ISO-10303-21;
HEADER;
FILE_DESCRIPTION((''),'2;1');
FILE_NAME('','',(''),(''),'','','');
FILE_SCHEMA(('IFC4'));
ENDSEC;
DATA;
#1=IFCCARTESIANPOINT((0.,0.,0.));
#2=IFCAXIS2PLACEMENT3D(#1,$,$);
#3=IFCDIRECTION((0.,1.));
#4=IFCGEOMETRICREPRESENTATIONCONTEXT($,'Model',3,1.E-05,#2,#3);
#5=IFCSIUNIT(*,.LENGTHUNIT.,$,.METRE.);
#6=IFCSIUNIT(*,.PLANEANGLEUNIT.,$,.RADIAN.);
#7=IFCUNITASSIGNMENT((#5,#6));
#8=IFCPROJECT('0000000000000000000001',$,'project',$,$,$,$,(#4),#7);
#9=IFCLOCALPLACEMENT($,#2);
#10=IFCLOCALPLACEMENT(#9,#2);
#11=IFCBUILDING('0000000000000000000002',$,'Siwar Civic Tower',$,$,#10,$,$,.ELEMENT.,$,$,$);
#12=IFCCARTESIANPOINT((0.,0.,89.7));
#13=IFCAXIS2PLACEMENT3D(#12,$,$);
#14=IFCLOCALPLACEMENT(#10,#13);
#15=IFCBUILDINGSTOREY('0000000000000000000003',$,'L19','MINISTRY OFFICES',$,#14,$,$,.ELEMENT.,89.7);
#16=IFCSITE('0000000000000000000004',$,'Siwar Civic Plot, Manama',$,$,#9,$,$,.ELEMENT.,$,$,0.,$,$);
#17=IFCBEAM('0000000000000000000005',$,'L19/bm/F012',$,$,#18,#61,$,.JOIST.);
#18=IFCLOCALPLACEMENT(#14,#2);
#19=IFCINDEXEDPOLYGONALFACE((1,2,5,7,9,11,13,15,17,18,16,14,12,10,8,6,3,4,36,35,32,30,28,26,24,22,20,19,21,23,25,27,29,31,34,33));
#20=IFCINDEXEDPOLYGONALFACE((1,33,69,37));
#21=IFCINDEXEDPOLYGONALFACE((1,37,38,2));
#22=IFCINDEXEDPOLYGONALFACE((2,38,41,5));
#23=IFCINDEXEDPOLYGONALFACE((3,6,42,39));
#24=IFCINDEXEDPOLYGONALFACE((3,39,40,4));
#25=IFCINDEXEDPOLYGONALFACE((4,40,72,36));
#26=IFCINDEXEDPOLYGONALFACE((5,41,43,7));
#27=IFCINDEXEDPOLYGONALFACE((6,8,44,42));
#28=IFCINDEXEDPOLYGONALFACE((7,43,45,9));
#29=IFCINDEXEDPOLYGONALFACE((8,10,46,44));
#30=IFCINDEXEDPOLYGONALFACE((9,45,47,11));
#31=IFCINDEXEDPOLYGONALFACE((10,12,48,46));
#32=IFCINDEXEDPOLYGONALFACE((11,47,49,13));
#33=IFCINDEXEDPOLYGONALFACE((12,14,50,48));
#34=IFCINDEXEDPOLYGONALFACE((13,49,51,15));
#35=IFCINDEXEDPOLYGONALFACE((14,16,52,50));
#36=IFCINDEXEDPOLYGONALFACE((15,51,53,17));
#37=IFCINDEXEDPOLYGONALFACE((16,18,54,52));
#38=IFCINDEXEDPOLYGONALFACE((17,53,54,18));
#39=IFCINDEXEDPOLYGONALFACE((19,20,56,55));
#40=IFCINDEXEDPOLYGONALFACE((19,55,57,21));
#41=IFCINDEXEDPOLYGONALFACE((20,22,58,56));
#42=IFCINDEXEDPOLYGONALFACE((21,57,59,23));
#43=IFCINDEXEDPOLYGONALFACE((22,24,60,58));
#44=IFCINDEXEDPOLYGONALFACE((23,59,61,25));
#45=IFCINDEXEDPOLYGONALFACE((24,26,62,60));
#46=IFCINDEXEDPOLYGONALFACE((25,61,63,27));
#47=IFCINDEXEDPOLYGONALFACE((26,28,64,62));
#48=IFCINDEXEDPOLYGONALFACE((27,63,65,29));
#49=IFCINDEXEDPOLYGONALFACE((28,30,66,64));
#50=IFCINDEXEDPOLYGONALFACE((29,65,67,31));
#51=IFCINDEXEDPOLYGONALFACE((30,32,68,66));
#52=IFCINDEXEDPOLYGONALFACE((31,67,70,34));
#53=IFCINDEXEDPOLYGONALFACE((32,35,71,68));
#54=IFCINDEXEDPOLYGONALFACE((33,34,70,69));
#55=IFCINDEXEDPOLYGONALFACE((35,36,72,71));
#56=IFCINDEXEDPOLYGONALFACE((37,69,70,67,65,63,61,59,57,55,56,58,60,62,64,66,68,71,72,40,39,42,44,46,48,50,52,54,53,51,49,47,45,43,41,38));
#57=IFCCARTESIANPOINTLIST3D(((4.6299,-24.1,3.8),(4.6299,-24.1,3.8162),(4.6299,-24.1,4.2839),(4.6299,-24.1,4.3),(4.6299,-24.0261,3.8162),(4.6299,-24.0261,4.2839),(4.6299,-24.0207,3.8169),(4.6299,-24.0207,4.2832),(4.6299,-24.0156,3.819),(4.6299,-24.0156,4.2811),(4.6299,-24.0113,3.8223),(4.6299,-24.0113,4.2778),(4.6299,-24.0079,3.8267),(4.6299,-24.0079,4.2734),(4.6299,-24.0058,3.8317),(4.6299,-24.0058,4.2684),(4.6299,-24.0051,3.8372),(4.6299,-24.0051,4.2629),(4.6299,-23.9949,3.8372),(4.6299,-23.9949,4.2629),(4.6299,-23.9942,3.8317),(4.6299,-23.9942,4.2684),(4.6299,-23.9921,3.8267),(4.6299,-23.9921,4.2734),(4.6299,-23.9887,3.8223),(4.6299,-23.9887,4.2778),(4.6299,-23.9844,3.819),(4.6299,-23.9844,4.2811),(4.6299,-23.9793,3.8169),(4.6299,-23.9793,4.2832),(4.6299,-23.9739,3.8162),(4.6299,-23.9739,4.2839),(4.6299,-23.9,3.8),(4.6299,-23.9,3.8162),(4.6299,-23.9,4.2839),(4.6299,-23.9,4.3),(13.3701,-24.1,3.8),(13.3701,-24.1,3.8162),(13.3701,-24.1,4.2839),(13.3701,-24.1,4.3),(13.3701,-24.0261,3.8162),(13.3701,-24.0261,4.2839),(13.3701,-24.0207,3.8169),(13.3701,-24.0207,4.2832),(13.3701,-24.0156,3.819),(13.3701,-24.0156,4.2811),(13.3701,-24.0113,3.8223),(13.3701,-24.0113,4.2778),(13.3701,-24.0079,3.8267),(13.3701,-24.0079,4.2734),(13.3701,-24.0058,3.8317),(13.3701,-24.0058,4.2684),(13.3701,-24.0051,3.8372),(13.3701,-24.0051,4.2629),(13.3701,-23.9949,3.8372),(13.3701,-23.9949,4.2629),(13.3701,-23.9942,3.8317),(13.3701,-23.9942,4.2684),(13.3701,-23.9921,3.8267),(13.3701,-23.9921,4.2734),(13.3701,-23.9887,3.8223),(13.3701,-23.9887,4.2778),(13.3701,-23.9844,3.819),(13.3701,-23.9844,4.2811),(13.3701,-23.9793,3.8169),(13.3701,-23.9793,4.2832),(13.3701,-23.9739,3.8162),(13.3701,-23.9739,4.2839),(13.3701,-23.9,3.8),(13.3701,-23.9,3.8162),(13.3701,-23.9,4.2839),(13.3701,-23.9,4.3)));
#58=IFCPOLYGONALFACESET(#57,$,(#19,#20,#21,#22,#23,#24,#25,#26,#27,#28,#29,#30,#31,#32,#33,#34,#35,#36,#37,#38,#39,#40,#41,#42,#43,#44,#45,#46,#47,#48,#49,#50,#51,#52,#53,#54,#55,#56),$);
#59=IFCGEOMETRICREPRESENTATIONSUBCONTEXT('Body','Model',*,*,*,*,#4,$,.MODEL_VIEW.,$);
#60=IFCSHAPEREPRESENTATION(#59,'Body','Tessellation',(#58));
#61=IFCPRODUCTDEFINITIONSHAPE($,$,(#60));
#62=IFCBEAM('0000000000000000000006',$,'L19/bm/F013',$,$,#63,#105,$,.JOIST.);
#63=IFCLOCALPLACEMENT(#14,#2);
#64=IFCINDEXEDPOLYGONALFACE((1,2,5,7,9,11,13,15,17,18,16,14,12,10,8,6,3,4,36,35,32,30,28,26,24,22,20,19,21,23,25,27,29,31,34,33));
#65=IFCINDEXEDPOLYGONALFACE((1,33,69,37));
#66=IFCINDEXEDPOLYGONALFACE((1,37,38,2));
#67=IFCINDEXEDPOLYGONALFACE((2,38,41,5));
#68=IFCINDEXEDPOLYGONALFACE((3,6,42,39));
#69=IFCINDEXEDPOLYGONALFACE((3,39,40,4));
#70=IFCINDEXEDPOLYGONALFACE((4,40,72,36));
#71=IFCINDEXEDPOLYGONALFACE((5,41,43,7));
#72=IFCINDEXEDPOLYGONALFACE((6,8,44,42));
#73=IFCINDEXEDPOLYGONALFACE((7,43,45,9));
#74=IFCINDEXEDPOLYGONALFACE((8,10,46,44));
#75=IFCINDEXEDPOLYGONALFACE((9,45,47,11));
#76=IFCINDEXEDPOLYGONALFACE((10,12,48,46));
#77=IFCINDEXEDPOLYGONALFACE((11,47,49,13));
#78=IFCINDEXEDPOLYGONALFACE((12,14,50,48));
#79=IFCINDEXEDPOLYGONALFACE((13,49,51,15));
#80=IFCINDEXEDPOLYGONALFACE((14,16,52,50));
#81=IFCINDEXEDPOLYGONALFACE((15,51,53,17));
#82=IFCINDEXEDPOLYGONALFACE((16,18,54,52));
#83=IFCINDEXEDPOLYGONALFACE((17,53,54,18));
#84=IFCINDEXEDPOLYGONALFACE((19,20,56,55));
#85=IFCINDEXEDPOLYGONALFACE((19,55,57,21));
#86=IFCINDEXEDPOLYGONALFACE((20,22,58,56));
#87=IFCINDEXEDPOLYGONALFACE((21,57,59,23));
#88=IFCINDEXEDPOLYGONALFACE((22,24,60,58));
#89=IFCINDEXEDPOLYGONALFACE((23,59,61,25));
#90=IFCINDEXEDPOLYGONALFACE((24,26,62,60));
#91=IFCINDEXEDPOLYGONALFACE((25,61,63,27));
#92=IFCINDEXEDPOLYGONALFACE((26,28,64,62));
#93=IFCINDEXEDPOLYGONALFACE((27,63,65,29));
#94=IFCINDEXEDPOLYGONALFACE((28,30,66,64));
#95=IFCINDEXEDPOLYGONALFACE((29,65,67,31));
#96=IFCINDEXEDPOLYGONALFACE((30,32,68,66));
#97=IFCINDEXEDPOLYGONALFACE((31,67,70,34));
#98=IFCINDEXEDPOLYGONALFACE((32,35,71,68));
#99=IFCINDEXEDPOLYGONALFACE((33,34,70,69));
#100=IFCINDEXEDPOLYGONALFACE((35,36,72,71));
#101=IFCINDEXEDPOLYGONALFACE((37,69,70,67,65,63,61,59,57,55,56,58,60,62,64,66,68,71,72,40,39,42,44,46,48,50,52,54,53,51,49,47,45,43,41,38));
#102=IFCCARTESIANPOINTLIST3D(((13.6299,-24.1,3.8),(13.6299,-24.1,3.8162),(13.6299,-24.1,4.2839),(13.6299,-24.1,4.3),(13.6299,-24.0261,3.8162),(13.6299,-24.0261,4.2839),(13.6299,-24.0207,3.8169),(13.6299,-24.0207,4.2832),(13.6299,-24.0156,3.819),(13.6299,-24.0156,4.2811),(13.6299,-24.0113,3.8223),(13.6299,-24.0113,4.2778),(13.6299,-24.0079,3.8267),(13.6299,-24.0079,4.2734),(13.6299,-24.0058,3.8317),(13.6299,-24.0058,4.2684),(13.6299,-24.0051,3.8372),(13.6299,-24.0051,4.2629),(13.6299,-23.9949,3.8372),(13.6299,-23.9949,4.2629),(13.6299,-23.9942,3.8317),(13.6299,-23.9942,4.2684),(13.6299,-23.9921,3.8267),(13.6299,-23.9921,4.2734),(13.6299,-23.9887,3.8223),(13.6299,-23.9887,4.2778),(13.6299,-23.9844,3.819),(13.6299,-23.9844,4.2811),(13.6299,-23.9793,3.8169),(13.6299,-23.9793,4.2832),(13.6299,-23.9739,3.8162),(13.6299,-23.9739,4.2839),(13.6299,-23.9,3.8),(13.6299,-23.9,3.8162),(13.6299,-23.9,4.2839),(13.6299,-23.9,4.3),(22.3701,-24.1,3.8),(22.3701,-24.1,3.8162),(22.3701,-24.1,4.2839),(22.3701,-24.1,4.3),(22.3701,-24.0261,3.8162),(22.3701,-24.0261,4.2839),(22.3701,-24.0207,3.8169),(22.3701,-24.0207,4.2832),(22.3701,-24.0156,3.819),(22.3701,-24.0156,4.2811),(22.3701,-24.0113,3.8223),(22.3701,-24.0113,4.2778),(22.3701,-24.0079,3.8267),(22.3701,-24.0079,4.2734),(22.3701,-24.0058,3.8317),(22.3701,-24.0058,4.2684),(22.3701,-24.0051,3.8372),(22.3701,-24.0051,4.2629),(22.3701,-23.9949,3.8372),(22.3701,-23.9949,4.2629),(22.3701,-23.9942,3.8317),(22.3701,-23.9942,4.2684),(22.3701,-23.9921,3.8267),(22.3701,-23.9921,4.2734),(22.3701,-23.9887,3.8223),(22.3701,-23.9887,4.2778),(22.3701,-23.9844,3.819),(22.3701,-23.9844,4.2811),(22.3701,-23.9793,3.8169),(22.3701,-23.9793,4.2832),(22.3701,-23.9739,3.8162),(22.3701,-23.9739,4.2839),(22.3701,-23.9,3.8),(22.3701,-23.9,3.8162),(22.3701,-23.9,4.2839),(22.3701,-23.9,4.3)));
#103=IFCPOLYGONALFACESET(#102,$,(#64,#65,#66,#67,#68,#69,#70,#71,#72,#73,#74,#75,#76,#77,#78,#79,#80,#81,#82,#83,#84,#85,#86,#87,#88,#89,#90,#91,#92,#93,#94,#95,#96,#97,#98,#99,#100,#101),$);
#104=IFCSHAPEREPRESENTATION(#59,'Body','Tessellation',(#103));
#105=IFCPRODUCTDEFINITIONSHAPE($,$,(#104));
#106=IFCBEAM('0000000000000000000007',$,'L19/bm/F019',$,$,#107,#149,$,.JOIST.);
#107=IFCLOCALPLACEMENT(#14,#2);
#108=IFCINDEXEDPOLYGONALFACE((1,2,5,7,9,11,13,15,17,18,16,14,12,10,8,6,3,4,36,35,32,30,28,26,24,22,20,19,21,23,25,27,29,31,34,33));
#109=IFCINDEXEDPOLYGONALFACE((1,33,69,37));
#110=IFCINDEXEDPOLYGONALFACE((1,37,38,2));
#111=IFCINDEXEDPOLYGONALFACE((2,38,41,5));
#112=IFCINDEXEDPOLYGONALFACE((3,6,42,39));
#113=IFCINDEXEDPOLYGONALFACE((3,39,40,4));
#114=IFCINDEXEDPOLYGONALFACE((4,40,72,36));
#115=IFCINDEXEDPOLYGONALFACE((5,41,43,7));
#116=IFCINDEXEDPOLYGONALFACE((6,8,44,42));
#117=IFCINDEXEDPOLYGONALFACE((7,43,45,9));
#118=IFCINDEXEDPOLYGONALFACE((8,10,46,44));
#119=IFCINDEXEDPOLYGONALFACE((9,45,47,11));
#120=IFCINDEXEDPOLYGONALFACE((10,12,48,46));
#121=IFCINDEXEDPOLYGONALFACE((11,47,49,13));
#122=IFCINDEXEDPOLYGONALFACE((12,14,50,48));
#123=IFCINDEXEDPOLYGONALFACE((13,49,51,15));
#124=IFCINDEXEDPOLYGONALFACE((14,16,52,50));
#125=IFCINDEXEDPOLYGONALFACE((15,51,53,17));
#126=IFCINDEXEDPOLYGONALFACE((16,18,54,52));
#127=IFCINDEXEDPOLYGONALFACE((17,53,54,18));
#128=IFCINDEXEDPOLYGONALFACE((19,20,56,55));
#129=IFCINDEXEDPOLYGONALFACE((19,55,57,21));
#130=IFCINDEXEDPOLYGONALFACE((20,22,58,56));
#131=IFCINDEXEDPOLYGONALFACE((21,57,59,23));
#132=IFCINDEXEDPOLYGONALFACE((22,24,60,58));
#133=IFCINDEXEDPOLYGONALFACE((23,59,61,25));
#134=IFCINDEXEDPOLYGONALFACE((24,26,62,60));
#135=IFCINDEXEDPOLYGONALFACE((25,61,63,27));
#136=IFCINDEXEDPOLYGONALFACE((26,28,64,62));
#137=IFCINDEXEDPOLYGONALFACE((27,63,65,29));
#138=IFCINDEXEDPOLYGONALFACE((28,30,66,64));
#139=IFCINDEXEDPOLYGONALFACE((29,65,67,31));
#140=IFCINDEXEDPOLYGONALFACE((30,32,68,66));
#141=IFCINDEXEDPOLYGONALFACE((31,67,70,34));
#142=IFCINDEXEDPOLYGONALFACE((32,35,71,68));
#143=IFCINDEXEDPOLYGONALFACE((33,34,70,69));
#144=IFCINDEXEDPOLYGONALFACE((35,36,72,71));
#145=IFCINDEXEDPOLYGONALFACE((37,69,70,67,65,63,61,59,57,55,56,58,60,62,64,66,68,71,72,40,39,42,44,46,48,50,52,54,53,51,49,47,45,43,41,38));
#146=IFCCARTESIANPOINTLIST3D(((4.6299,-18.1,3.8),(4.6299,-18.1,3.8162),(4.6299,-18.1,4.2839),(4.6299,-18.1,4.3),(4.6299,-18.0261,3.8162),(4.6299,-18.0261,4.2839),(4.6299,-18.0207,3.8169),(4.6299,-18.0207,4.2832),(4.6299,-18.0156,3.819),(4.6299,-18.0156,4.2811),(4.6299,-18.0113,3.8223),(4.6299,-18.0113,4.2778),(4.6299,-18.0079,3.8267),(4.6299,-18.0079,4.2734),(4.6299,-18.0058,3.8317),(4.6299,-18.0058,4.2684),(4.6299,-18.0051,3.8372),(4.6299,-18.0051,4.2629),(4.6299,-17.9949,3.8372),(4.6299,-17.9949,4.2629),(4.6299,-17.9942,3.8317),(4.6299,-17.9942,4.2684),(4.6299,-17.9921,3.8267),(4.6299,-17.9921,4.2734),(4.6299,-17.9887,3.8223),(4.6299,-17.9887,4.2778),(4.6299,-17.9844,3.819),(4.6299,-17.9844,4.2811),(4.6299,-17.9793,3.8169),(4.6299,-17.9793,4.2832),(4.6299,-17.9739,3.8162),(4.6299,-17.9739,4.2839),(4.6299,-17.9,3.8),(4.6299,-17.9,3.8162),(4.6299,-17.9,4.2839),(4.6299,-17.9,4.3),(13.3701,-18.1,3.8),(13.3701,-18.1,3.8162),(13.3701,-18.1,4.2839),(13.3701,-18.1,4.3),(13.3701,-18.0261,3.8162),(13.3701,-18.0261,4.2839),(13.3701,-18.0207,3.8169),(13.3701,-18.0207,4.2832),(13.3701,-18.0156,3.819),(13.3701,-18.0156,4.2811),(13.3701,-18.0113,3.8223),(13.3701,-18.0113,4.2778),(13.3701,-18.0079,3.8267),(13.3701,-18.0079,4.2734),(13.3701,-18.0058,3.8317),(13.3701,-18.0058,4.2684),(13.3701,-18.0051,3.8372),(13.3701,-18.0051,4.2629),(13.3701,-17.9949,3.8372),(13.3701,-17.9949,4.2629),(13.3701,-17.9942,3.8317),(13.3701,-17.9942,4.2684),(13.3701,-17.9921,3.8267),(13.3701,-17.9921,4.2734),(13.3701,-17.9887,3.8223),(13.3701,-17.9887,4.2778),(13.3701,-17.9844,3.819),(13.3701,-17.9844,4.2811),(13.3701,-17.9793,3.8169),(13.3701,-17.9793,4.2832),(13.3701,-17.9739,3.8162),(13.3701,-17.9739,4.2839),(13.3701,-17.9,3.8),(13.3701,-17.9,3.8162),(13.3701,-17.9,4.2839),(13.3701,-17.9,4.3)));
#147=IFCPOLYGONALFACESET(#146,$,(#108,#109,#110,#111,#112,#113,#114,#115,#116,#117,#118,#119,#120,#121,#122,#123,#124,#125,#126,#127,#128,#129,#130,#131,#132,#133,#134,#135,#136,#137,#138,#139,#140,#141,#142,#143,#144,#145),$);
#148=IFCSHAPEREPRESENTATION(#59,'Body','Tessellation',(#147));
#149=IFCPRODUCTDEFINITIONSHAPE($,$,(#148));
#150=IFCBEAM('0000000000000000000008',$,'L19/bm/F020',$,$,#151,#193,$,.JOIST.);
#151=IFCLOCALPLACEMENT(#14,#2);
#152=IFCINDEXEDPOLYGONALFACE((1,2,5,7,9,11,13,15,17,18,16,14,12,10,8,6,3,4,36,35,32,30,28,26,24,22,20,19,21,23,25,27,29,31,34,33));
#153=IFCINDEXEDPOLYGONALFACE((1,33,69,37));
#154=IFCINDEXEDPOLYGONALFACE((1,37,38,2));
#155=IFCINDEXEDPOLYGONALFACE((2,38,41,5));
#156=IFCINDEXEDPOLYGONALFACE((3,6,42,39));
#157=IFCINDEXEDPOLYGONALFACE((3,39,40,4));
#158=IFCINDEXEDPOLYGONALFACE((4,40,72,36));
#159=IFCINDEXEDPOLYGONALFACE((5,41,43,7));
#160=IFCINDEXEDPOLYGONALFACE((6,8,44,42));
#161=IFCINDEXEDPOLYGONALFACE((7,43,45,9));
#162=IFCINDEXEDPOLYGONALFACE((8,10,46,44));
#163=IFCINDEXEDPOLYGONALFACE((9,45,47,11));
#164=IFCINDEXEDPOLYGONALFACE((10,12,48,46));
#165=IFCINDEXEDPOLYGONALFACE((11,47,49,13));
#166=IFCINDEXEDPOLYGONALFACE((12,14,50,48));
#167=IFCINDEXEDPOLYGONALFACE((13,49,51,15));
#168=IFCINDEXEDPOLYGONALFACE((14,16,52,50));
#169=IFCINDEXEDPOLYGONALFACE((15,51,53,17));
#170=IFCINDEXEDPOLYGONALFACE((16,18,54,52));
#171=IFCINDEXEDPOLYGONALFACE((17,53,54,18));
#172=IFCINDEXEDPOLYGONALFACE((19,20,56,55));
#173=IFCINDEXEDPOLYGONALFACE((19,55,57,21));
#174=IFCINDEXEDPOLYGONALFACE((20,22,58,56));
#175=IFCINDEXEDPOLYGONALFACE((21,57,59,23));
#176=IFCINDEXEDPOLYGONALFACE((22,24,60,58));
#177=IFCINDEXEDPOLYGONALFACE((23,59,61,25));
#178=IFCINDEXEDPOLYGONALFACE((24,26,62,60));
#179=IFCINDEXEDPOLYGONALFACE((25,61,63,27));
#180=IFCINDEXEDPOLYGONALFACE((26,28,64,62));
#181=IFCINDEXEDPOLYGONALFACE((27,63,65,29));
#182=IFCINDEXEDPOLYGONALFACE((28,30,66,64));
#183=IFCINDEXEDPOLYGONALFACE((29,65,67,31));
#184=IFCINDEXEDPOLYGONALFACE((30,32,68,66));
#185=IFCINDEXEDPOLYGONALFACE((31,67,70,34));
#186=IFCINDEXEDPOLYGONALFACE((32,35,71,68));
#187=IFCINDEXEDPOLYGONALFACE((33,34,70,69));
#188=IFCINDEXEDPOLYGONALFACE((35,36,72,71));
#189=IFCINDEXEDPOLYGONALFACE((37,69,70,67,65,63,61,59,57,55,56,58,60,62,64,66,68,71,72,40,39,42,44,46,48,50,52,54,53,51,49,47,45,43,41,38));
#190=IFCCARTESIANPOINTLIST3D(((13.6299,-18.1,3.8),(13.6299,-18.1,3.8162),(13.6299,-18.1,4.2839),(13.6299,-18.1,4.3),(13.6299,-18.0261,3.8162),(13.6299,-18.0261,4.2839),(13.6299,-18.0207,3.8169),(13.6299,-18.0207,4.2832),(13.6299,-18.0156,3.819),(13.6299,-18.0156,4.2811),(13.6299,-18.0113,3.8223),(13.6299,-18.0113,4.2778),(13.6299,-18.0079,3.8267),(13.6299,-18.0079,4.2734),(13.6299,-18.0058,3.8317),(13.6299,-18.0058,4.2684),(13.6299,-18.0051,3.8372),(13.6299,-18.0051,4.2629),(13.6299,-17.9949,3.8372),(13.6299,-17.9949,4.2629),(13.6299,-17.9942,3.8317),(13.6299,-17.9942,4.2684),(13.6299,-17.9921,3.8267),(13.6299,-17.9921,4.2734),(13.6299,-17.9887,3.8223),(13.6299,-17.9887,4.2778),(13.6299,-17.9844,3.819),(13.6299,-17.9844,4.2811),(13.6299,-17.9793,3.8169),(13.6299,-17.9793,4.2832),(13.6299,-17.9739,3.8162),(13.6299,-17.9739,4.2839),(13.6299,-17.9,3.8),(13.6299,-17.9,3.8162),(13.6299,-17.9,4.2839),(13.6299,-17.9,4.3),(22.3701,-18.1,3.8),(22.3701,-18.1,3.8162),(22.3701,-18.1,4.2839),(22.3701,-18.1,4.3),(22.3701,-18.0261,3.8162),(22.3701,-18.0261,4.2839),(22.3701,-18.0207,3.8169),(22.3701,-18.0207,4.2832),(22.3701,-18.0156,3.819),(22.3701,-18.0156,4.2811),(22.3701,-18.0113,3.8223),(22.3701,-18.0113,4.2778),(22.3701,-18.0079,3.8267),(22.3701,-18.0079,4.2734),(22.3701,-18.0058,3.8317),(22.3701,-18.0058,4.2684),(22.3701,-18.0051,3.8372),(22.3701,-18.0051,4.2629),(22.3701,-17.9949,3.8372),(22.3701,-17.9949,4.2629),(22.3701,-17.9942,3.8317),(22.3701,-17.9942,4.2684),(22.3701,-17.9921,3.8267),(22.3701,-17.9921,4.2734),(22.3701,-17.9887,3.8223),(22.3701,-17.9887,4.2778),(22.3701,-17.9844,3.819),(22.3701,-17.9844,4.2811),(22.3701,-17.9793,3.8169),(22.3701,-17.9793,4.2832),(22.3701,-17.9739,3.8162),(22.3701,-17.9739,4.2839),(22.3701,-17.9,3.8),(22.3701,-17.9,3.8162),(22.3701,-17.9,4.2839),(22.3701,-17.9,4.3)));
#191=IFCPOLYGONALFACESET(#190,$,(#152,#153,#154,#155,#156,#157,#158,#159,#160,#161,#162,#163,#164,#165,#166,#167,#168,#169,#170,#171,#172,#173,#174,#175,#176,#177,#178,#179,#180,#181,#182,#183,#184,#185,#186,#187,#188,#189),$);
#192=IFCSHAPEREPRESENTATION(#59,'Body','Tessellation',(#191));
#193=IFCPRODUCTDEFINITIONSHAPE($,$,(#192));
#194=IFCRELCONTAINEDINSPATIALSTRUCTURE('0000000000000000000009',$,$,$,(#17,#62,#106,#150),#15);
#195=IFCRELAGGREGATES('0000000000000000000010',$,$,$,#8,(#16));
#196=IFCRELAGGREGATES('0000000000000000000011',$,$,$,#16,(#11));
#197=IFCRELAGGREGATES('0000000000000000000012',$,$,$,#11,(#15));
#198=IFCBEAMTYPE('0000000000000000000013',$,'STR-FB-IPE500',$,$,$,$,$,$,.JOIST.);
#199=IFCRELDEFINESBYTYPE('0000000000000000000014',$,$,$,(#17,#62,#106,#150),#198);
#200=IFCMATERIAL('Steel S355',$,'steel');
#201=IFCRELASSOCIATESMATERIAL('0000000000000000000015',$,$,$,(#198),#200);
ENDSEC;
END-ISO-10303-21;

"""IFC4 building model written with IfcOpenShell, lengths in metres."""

from ifc_helpers import new_model, si_unit, direction, frame, origin, origin_2d, place, context, subcontext, project, spatial, i_section, extrude, material, material_profile, profile_set, type_object, element, save


model = new_model("IFC4")

# Units and contexts
model_context = context("Model", 3, precision=1e-05, world=origin(), true_north=direction((0.0, 1.0)))
body_context = subcontext(model_context, "Body", "Model", "MODEL_VIEW")
ifc_project = project(units=[si_unit("LENGTHUNIT", "METRE"), si_unit("PLANEANGLEUNIT", "RADIAN")], contexts=[model_context])

# Site, building, storey
site_placement = place(None, origin())
site = spatial("IfcSite", under=ifc_project, at=site_placement, Name="Siwar Civic Plot, Manama", CompositionType="ELEMENT", RefElevation=0.0)
building_placement = place(site_placement, origin())
building = spatial("IfcBuilding", under=site, at=building_placement, Name="Siwar Civic Tower", CompositionType="ELEMENT")
storey_placement = place(building_placement, frame((0.0, 0.0, 89.7)))
storey = spatial("IfcBuildingStorey", under=building, at=storey_placement, Name="L19", Description="MINISTRY OFFICES", CompositionType="ELEMENT", Elevation=89.7)

# Beams
ifc_material_1 = material(Name="Steel S355", Category="steel")
ifc_material_profile_1 = material_profile(ifc_material_1, i_section(OverallWidth=0.2, OverallDepth=0.5, WebThickness=0.0103, FlangeThickness=0.0161, FilletRadius=0.021, at=origin_2d()), Name="IPE500")
ifc_profile_set_1 = profile_set([ifc_material_profile_1], Name="Steel S355")
beam_type_1 = type_object("IfcBeamType", Name="STR-FB-IPE500", PredefinedType="JOIST", material=ifc_profile_set_1)
for number, where, z_axis, x_axis, name in (
    (1, (4.6299, -24.0, 4.05), (1.0, 0.0, 0.0), (0.0, 1.0, 0.0), "L19/bm/F012"),
    (2, (13.6299, -24.0, 4.05), (1.0, 0.0, 0.0), (0.0, 1.0, 0.0), "L19/bm/F013"),
    (3, (4.6299, -18.0, 4.05), (1.0, 0.0, 0.0), (0.0, 1.0, 0.0), "L19/bm/F019"),
    (4, (13.6299, -18.0, 4.05), (1.0, 0.0, 0.0), (0.0, 1.0, 0.0), "L19/bm/F020"),
):
    element("IfcBeam", number, at=place(storey_placement, frame(where, z_axis=z_axis, x_axis=x_axis)), inside=storey, type_object=beam_type_1, Name=name, PredefinedType="JOIST", context=body_context, shape_type="SweptSolid", body=[
        extrude(i_section(OverallWidth=0.2, OverallDepth=0.5, WebThickness=0.0103, FlangeThickness=0.0161, FilletRadius=0.021, at=origin_2d()), origin(), (0.0, 0.0, 1.0), 8.7402),
    ])

save(model, "model.ifc")
